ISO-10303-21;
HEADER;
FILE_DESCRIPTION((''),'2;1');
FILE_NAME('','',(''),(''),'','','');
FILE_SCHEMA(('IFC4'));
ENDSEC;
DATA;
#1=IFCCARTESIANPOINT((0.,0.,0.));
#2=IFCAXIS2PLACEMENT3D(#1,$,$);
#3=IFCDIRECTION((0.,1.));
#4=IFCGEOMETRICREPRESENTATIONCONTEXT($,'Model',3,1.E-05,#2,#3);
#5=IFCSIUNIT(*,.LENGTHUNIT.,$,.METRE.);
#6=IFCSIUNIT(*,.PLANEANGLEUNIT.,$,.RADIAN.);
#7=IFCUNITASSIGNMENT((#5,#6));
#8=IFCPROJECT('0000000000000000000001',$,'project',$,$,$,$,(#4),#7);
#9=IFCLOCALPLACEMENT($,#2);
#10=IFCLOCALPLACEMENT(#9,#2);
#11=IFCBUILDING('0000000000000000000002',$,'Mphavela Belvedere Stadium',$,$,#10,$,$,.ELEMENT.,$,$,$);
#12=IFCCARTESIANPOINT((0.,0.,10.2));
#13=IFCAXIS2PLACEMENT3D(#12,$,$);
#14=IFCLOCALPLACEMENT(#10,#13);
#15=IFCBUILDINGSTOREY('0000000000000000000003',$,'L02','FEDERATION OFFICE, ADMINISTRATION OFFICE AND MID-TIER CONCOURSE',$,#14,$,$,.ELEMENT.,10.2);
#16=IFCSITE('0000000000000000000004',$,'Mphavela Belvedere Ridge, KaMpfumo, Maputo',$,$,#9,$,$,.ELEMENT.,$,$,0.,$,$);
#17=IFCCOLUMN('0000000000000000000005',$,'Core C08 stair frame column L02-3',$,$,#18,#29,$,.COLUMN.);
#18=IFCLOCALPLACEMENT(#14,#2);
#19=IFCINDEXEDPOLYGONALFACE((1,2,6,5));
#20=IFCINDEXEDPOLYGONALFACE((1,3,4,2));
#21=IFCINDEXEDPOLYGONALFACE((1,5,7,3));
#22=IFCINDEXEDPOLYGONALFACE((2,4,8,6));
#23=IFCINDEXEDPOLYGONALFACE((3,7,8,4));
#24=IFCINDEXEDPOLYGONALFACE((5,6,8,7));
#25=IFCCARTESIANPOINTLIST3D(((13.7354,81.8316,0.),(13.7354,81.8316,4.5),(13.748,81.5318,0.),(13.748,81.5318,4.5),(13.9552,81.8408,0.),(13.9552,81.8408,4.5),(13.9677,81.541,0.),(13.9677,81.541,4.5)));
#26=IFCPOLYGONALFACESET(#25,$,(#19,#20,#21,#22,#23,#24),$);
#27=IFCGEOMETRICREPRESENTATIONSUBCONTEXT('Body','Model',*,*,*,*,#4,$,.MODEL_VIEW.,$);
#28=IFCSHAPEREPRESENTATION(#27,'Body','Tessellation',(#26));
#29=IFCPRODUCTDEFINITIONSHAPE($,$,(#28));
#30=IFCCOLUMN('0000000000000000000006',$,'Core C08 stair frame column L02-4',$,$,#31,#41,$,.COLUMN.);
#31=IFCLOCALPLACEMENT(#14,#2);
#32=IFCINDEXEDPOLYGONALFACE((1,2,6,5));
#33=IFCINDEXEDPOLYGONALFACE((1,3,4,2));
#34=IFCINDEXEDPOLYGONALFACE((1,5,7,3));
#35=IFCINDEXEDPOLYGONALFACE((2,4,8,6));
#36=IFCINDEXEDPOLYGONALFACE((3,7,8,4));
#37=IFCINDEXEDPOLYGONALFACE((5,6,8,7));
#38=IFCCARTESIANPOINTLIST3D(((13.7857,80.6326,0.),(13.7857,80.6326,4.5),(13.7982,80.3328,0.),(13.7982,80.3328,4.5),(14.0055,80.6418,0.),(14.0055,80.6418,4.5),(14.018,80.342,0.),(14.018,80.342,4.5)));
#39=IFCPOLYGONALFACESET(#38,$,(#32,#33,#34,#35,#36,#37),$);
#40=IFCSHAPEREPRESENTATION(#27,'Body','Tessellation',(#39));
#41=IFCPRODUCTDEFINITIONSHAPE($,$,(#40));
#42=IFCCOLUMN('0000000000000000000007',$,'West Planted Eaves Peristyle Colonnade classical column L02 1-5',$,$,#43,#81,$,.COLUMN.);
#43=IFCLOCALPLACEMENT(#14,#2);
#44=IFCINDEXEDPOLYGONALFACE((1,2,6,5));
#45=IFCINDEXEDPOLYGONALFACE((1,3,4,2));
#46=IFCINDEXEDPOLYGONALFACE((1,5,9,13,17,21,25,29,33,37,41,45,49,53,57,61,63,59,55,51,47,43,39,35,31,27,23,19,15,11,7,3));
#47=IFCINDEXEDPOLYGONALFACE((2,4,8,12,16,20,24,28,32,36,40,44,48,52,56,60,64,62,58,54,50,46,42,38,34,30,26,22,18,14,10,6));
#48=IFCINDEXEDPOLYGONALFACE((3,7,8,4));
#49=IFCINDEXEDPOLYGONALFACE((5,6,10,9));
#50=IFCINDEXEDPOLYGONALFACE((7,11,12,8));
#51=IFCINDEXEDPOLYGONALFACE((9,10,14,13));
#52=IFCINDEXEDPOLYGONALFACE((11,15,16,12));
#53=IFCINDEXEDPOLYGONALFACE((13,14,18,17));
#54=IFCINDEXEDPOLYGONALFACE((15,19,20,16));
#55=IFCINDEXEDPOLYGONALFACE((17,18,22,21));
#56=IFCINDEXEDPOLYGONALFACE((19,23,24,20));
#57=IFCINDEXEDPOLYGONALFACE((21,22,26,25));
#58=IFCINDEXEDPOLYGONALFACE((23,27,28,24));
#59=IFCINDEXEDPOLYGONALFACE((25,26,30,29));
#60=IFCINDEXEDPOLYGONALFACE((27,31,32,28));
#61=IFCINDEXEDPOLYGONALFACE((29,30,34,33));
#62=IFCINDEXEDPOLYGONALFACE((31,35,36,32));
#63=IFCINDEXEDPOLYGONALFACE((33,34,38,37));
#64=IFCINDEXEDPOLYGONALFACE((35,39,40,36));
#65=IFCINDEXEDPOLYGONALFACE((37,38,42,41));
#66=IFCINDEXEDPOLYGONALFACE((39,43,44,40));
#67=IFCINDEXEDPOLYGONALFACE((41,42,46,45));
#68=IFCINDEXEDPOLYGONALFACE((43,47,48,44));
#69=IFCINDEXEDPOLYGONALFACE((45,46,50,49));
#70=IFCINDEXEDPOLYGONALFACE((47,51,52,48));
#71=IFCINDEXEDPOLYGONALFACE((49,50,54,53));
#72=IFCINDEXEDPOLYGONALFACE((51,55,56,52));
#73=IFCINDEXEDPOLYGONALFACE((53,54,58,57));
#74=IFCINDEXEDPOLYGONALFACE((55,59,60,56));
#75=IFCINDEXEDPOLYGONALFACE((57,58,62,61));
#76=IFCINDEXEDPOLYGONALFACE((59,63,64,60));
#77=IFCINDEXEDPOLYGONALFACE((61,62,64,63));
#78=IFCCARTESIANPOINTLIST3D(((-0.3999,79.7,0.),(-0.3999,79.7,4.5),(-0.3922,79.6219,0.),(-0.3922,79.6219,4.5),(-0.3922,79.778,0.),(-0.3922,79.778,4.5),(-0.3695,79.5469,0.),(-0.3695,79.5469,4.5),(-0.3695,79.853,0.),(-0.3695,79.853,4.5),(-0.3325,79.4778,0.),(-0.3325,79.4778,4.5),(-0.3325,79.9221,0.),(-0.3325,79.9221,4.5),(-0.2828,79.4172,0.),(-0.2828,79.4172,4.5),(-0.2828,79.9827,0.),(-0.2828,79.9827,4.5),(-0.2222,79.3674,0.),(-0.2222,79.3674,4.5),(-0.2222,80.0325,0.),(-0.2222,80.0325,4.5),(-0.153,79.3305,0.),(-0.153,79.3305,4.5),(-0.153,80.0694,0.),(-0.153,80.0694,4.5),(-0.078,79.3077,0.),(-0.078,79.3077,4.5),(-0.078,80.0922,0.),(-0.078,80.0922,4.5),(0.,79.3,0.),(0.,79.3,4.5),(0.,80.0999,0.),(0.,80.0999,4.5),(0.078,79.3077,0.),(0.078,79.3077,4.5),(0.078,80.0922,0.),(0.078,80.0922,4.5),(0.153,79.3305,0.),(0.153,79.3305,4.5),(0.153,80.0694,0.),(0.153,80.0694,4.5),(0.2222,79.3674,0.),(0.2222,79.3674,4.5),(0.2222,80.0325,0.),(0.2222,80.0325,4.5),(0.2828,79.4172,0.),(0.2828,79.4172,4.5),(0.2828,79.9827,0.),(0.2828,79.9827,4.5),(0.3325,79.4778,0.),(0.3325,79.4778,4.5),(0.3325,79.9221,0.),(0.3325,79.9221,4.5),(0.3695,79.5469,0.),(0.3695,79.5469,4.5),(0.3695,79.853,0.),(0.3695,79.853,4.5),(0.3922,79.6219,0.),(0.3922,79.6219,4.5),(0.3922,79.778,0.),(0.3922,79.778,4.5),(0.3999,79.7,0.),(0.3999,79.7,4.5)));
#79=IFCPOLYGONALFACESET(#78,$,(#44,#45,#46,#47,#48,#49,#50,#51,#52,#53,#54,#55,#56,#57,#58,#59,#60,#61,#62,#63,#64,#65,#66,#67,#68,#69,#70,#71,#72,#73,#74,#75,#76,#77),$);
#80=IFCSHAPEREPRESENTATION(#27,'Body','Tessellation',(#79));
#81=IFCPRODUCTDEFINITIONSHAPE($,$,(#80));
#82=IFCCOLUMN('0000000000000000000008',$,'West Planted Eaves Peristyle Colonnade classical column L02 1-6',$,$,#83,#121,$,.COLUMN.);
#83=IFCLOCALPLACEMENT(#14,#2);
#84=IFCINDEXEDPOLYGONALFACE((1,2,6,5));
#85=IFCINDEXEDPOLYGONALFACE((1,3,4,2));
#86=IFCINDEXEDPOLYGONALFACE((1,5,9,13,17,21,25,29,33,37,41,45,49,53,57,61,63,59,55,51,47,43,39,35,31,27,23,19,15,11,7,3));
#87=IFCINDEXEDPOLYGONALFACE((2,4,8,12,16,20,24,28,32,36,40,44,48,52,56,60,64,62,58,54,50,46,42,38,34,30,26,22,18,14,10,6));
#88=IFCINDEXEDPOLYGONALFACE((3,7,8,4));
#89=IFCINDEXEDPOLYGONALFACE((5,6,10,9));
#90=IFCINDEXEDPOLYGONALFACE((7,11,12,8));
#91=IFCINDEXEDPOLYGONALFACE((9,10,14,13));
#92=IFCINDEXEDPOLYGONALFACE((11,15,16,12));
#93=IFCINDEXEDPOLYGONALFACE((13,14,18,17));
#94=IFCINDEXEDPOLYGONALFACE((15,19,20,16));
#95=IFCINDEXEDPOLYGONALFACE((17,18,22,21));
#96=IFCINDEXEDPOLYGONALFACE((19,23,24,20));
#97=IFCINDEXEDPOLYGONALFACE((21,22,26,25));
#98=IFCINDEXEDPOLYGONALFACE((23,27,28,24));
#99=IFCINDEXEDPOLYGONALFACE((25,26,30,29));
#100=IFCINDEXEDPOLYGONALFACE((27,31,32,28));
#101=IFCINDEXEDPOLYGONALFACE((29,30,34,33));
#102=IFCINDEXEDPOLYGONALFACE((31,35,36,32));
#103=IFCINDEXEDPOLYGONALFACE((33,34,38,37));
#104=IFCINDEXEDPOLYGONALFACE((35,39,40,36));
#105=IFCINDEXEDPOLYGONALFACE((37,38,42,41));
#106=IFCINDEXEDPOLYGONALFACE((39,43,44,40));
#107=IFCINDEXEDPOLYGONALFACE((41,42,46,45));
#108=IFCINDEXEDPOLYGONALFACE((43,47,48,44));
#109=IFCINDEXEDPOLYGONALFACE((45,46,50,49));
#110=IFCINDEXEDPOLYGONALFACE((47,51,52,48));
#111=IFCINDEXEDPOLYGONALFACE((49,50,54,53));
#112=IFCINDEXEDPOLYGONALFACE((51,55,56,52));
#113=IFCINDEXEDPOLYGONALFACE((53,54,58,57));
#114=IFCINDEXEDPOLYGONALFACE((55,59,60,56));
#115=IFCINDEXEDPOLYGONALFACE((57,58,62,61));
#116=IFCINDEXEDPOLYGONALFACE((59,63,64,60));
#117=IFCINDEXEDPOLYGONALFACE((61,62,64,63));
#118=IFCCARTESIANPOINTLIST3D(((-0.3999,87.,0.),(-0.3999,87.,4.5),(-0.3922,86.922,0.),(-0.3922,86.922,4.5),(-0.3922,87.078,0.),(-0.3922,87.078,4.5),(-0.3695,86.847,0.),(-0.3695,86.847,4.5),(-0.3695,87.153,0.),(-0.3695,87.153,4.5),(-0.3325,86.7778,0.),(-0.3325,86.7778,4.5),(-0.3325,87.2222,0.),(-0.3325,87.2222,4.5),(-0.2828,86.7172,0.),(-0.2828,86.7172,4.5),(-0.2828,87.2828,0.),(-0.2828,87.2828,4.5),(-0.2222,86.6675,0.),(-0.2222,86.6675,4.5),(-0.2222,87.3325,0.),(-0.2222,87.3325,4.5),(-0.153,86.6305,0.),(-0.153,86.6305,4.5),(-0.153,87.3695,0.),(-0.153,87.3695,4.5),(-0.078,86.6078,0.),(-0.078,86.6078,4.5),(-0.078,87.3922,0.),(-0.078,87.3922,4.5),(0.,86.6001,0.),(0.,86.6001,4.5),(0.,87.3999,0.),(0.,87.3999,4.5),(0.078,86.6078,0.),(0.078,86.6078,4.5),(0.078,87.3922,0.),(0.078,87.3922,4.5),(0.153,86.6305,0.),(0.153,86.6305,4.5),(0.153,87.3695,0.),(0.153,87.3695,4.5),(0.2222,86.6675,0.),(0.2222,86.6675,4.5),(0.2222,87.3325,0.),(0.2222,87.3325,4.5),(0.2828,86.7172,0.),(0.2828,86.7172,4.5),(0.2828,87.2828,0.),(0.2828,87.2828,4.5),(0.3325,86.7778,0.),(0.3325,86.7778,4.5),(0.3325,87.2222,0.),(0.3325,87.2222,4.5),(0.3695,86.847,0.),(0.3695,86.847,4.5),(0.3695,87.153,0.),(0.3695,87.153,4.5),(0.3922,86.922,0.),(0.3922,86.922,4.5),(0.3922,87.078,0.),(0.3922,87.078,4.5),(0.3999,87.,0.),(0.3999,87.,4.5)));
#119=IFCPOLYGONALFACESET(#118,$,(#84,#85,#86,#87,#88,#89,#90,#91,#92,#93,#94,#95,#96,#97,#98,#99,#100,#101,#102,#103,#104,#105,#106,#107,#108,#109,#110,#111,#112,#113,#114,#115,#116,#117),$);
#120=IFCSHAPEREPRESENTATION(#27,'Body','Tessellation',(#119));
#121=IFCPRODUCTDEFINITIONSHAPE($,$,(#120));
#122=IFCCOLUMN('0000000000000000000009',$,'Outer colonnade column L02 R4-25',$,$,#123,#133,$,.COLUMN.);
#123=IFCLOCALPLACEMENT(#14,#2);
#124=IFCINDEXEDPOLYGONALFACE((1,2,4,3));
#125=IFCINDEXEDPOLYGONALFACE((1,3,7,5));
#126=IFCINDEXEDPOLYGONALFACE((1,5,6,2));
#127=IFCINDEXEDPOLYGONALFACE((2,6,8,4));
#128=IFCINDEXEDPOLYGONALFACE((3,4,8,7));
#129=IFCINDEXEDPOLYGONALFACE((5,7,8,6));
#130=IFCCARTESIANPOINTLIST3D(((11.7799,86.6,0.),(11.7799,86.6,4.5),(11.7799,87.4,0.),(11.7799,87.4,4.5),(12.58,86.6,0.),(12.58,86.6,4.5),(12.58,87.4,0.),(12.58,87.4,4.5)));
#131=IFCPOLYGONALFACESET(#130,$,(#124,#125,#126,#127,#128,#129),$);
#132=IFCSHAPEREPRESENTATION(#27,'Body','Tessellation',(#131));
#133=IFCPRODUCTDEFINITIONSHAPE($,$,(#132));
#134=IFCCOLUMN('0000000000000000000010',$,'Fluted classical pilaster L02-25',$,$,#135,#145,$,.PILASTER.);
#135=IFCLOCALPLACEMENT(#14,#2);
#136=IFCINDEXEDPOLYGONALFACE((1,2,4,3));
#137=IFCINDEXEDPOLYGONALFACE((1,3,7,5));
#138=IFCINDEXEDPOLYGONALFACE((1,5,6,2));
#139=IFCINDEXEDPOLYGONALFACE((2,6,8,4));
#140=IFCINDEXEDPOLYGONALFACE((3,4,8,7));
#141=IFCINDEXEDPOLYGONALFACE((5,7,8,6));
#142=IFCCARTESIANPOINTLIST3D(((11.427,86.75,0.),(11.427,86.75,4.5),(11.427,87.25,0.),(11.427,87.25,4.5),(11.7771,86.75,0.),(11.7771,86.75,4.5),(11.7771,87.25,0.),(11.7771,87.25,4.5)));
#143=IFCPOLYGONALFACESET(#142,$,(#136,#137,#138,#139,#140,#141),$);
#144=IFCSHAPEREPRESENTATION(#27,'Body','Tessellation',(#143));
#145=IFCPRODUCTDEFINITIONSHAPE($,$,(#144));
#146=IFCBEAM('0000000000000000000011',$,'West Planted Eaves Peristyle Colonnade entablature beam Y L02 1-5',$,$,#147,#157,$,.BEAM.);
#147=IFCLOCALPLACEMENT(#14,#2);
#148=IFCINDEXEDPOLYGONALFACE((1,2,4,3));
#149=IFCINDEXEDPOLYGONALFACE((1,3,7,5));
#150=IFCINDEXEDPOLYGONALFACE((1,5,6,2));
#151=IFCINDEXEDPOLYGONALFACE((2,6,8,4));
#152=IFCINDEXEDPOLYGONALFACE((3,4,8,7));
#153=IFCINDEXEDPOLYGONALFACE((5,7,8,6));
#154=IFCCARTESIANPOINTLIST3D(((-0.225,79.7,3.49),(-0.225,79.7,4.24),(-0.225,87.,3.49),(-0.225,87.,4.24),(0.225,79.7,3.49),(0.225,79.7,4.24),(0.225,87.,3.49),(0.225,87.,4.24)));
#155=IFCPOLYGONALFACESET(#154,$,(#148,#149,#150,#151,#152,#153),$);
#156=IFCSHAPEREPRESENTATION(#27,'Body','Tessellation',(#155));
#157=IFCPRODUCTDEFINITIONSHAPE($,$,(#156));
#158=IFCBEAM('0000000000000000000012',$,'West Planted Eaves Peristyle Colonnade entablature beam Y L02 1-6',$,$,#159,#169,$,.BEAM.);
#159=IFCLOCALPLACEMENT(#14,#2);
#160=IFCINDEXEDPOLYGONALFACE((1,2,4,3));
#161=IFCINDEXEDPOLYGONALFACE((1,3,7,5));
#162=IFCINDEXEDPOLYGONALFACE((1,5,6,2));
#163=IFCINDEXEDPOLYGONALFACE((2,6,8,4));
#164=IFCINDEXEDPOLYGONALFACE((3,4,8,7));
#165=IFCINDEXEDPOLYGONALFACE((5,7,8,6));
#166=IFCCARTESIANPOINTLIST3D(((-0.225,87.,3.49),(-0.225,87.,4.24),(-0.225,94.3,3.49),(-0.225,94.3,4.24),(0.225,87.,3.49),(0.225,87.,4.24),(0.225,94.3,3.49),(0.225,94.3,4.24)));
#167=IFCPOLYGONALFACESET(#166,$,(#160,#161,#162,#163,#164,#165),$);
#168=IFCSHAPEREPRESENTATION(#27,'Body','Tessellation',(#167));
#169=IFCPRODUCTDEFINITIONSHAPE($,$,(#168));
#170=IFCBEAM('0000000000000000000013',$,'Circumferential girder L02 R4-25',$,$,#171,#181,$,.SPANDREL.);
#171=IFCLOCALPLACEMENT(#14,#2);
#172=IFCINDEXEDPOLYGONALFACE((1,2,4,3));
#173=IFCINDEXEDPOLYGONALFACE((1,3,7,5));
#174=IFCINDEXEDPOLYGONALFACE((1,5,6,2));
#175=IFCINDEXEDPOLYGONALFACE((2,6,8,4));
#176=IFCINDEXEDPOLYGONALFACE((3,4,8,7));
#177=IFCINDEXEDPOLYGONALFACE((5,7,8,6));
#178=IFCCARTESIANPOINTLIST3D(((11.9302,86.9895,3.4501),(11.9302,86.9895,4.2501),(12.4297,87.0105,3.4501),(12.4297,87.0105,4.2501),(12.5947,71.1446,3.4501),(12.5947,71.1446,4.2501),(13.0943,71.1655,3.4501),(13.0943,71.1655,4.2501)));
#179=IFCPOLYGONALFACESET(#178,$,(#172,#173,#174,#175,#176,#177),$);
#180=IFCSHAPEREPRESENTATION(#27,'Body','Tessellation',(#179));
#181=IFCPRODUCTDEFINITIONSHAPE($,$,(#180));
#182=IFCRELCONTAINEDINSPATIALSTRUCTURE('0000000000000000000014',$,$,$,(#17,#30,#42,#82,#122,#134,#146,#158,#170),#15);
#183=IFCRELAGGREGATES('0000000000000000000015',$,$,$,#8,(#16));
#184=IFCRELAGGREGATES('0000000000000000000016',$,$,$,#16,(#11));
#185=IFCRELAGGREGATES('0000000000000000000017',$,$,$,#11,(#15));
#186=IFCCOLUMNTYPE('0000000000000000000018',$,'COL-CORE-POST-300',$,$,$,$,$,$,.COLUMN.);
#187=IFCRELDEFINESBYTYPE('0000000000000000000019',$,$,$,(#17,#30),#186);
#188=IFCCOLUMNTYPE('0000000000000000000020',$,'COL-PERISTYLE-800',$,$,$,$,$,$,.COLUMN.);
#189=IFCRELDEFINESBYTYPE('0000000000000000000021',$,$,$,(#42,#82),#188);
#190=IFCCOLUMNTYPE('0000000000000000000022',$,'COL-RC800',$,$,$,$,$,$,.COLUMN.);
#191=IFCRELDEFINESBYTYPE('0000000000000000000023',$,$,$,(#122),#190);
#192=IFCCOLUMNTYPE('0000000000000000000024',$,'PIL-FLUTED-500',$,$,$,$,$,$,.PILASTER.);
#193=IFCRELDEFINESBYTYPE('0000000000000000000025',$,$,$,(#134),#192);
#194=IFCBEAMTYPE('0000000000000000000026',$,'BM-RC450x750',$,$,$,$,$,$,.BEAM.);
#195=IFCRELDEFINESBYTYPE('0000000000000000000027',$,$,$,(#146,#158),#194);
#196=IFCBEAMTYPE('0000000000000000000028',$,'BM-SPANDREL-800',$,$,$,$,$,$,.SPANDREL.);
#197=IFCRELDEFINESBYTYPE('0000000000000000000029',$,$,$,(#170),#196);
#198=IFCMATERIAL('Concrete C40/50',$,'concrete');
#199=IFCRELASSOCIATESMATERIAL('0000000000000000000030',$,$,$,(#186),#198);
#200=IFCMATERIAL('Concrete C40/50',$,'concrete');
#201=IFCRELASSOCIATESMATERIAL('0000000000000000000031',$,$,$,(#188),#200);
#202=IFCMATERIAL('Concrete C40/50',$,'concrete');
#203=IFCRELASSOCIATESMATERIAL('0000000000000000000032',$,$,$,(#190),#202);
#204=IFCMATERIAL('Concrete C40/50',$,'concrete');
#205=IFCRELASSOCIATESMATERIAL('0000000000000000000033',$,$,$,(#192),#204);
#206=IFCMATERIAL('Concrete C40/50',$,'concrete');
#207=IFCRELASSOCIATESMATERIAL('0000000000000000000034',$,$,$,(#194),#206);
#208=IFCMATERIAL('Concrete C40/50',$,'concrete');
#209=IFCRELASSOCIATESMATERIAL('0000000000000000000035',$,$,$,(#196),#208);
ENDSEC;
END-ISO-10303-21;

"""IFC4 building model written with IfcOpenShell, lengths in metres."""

from ifc_helpers import new_model, si_unit, direction, frame, origin, origin_2d, place, context, subcontext, project, spatial, rectangle, circle, extrude, material, material_profile, profile_set, type_object, element, save


model = new_model("IFC4")

# Units and contexts
model_context = context("Model", 3, precision=1e-05, world=origin(), true_north=direction((0.0, 1.0)))
body_context = subcontext(model_context, "Body", "Model", "MODEL_VIEW")
ifc_project = project(units=[si_unit("LENGTHUNIT", "METRE"), si_unit("PLANEANGLEUNIT", "RADIAN")], contexts=[model_context])

# Site, building, storey
site_placement = place(None, origin())
site = spatial("IfcSite", under=ifc_project, at=site_placement, Name="Mphavela Belvedere Ridge, KaMpfumo, Maputo", CompositionType="ELEMENT", RefElevation=0.0)
building_placement = place(site_placement, origin())
building = spatial("IfcBuilding", under=site, at=building_placement, Name="Mphavela Belvedere Stadium", CompositionType="ELEMENT")
storey_placement = place(building_placement, frame((0.0, 0.0, 10.2)))
storey = spatial("IfcBuildingStorey", under=building, at=storey_placement, Name="L02", Description="FEDERATION OFFICE, ADMINISTRATION OFFICE AND MID-TIER CONCOURSE", CompositionType="ELEMENT", Elevation=10.2)

# Columns
ifc_material_1 = material(Name="Concrete C40/50", Category="concrete")
ifc_material_profile_1 = material_profile(ifc_material_1, rectangle(XDim=0.3, YDim=0.22, at=origin_2d()), Name="RC 300x220")
ifc_profile_set_1 = profile_set([ifc_material_profile_1], Name="Concrete C40/50")
column_type_1 = type_object("IfcColumnType", Name="COL-CORE-POST-300", PredefinedType="COLUMN", material=ifc_profile_set_1)
for number, where, z_axis, x_axis, name in (
    (1, (13.8516, 81.6863, 0.0), (0.0, 0.0, 1.0), (-0.041876, 0.999123, 0.0), "Core C08 stair frame column L02-3"),
    (2, (13.9019, 80.4873, 0.0), (0.0, 0.0, 1.0), (-0.041876, 0.999123, 0.0), "Core C08 stair frame column L02-4"),
):
    element("IfcColumn", number, at=place(storey_placement, frame(where, z_axis=z_axis, x_axis=x_axis)), inside=storey, type_object=column_type_1, Name=name, PredefinedType="COLUMN", context=body_context, shape_type="SweptSolid", body=[
        extrude(rectangle(XDim=0.3, YDim=0.22, at=origin_2d()), origin(), (0.0, 0.0, 1.0), 4.5),
    ])
ifc_material_2 = material(Name="Concrete C40/50", Category="concrete")
ifc_material_profile_2 = material_profile(ifc_material_2, circle(Radius=0.3999, at=origin_2d()), Name="COL D800")
ifc_profile_set_2 = profile_set([ifc_material_profile_2], Name="Concrete C40/50")
column_type_2 = type_object("IfcColumnType", Name="COL-PERISTYLE-800", PredefinedType="COLUMN", material=ifc_profile_set_2)
for number, where, z_axis, x_axis, name in (
    (3, (0.0, 79.7, 0.0), (0.0, 0.0, 1.0), (1.0, 0.0, 0.0), "West Planted Eaves Peristyle Colonnade classical column L02 1-5"),
    (4, (0.0, 87.0, 0.0), (0.0, 0.0, 1.0), (1.0, 0.0, 0.0), "West Planted Eaves Peristyle Colonnade classical column L02 1-6"),
):
    element("IfcColumn", number, at=place(storey_placement, frame(where, z_axis=z_axis, x_axis=x_axis)), inside=storey, type_object=column_type_2, Name=name, PredefinedType="COLUMN", context=body_context, shape_type="SweptSolid", body=[
        extrude(circle(Radius=0.3999, at=origin_2d()), origin(), (0.0, 0.0, 1.0), 4.5),
    ])
ifc_material_3 = material(Name="Concrete C40/50", Category="concrete")
ifc_material_profile_3 = material_profile(ifc_material_3, rectangle(XDim=0.8, YDim=0.8, at=origin_2d()), Name="RC 800x800")
ifc_profile_set_3 = profile_set([ifc_material_profile_3], Name="Concrete C40/50")
column_type_3 = type_object("IfcColumnType", Name="COL-RC800", PredefinedType="COLUMN", material=ifc_profile_set_3)
column_1_placement = place(storey_placement, frame((12.1799, 87.0, 0.0), z_axis=(0.0, 0.0, 1.0), x_axis=(-1.0, 0.0, 0.0)))
element("IfcColumn", 5, at=column_1_placement, inside=storey, type_object=column_type_3, Name="Outer colonnade column L02 R4-25", PredefinedType="COLUMN", context=body_context, shape_type="SweptSolid", body=[
    extrude(rectangle(XDim=0.8, YDim=0.8, at=origin_2d()), origin(), (0.0, 0.0, 1.0), 4.5),
])
ifc_material_4 = material(Name="Concrete C40/50", Category="concrete")
ifc_material_profile_4 = material_profile(ifc_material_4, rectangle(XDim=0.5, YDim=0.3501, at=origin_2d()), Name="PIL 500x350")
ifc_profile_set_4 = profile_set([ifc_material_profile_4], Name="Concrete C40/50")
column_type_4 = type_object("IfcColumnType", Name="PIL-FLUTED-500", PredefinedType="PILASTER", material=ifc_profile_set_4)
column_2_placement = place(storey_placement, frame((11.6021, 87.0, 0.0), z_axis=(0.0, 0.0, 1.0), x_axis=(0.0, -1.0, 0.0)))
element("IfcColumn", 6, at=column_2_placement, inside=storey, type_object=column_type_4, Name="Fluted classical pilaster L02-25", PredefinedType="PILASTER", context=body_context, shape_type="SweptSolid", body=[
    extrude(rectangle(XDim=0.5, YDim=0.3501, at=origin_2d()), origin(), (0.0, 0.0, 1.0), 4.5),
])

# Beams
ifc_material_5 = material(Name="Concrete C40/50", Category="concrete")
ifc_material_profile_5 = material_profile(ifc_material_5, rectangle(XDim=0.45, YDim=0.75, at=origin_2d()), Name="RC 450x750")
ifc_profile_set_5 = profile_set([ifc_material_profile_5], Name="Concrete C40/50")
beam_type_1 = type_object("IfcBeamType", Name="BM-RC450x750", PredefinedType="BEAM", material=ifc_profile_set_5)
for number, where, z_axis, x_axis, name in (
    (7, (0.0, 79.7, 3.865), (0.0, 1.0, 0.0), (-1.0, 0.0, 0.0), "West Planted Eaves Peristyle Colonnade entablature beam Y L02 1-5"),
    (8, (0.0, 87.0, 3.865), (0.0, 1.0, 0.0), (-1.0, 0.0, 0.0), "West Planted Eaves Peristyle Colonnade entablature beam Y L02 1-6"),
):
    element("IfcBeam", number, at=place(storey_placement, frame(where, z_axis=z_axis, x_axis=x_axis)), inside=storey, type_object=beam_type_1, Name=name, PredefinedType="BEAM", context=body_context, shape_type="SweptSolid", body=[
        extrude(rectangle(XDim=0.45, YDim=0.75, at=origin_2d()), origin(), (0.0, 0.0, 1.0), 7.3),
    ])
ifc_material_6 = material(Name="Concrete C40/50", Category="concrete")
ifc_material_profile_6 = material_profile(ifc_material_6, rectangle(XDim=0.5, YDim=0.8, at=origin_2d()), Name="RC 500x800")
ifc_profile_set_6 = profile_set([ifc_material_profile_6], Name="Concrete C40/50")
beam_type_2 = type_object("IfcBeamType", Name="BM-SPANDREL-800", PredefinedType="SPANDREL", material=ifc_profile_set_6)
beam_placement = place(storey_placement, frame((12.1799, 87.0, 3.8501), z_axis=(0.041904, -0.999122, 0.0), x_axis=(0.999122, 0.041904, 0.0)))
element("IfcBeam", 9, at=beam_placement, inside=storey, type_object=beam_type_2, Name="Circumferential girder L02 R4-25", PredefinedType="SPANDREL", context=body_context, shape_type="SweptSolid", body=[
    extrude(rectangle(XDim=0.5, YDim=0.8, at=origin_2d()), origin(), (0.0, 0.0, 1.0), 15.8589),
])

save(model, "model.ifc")
